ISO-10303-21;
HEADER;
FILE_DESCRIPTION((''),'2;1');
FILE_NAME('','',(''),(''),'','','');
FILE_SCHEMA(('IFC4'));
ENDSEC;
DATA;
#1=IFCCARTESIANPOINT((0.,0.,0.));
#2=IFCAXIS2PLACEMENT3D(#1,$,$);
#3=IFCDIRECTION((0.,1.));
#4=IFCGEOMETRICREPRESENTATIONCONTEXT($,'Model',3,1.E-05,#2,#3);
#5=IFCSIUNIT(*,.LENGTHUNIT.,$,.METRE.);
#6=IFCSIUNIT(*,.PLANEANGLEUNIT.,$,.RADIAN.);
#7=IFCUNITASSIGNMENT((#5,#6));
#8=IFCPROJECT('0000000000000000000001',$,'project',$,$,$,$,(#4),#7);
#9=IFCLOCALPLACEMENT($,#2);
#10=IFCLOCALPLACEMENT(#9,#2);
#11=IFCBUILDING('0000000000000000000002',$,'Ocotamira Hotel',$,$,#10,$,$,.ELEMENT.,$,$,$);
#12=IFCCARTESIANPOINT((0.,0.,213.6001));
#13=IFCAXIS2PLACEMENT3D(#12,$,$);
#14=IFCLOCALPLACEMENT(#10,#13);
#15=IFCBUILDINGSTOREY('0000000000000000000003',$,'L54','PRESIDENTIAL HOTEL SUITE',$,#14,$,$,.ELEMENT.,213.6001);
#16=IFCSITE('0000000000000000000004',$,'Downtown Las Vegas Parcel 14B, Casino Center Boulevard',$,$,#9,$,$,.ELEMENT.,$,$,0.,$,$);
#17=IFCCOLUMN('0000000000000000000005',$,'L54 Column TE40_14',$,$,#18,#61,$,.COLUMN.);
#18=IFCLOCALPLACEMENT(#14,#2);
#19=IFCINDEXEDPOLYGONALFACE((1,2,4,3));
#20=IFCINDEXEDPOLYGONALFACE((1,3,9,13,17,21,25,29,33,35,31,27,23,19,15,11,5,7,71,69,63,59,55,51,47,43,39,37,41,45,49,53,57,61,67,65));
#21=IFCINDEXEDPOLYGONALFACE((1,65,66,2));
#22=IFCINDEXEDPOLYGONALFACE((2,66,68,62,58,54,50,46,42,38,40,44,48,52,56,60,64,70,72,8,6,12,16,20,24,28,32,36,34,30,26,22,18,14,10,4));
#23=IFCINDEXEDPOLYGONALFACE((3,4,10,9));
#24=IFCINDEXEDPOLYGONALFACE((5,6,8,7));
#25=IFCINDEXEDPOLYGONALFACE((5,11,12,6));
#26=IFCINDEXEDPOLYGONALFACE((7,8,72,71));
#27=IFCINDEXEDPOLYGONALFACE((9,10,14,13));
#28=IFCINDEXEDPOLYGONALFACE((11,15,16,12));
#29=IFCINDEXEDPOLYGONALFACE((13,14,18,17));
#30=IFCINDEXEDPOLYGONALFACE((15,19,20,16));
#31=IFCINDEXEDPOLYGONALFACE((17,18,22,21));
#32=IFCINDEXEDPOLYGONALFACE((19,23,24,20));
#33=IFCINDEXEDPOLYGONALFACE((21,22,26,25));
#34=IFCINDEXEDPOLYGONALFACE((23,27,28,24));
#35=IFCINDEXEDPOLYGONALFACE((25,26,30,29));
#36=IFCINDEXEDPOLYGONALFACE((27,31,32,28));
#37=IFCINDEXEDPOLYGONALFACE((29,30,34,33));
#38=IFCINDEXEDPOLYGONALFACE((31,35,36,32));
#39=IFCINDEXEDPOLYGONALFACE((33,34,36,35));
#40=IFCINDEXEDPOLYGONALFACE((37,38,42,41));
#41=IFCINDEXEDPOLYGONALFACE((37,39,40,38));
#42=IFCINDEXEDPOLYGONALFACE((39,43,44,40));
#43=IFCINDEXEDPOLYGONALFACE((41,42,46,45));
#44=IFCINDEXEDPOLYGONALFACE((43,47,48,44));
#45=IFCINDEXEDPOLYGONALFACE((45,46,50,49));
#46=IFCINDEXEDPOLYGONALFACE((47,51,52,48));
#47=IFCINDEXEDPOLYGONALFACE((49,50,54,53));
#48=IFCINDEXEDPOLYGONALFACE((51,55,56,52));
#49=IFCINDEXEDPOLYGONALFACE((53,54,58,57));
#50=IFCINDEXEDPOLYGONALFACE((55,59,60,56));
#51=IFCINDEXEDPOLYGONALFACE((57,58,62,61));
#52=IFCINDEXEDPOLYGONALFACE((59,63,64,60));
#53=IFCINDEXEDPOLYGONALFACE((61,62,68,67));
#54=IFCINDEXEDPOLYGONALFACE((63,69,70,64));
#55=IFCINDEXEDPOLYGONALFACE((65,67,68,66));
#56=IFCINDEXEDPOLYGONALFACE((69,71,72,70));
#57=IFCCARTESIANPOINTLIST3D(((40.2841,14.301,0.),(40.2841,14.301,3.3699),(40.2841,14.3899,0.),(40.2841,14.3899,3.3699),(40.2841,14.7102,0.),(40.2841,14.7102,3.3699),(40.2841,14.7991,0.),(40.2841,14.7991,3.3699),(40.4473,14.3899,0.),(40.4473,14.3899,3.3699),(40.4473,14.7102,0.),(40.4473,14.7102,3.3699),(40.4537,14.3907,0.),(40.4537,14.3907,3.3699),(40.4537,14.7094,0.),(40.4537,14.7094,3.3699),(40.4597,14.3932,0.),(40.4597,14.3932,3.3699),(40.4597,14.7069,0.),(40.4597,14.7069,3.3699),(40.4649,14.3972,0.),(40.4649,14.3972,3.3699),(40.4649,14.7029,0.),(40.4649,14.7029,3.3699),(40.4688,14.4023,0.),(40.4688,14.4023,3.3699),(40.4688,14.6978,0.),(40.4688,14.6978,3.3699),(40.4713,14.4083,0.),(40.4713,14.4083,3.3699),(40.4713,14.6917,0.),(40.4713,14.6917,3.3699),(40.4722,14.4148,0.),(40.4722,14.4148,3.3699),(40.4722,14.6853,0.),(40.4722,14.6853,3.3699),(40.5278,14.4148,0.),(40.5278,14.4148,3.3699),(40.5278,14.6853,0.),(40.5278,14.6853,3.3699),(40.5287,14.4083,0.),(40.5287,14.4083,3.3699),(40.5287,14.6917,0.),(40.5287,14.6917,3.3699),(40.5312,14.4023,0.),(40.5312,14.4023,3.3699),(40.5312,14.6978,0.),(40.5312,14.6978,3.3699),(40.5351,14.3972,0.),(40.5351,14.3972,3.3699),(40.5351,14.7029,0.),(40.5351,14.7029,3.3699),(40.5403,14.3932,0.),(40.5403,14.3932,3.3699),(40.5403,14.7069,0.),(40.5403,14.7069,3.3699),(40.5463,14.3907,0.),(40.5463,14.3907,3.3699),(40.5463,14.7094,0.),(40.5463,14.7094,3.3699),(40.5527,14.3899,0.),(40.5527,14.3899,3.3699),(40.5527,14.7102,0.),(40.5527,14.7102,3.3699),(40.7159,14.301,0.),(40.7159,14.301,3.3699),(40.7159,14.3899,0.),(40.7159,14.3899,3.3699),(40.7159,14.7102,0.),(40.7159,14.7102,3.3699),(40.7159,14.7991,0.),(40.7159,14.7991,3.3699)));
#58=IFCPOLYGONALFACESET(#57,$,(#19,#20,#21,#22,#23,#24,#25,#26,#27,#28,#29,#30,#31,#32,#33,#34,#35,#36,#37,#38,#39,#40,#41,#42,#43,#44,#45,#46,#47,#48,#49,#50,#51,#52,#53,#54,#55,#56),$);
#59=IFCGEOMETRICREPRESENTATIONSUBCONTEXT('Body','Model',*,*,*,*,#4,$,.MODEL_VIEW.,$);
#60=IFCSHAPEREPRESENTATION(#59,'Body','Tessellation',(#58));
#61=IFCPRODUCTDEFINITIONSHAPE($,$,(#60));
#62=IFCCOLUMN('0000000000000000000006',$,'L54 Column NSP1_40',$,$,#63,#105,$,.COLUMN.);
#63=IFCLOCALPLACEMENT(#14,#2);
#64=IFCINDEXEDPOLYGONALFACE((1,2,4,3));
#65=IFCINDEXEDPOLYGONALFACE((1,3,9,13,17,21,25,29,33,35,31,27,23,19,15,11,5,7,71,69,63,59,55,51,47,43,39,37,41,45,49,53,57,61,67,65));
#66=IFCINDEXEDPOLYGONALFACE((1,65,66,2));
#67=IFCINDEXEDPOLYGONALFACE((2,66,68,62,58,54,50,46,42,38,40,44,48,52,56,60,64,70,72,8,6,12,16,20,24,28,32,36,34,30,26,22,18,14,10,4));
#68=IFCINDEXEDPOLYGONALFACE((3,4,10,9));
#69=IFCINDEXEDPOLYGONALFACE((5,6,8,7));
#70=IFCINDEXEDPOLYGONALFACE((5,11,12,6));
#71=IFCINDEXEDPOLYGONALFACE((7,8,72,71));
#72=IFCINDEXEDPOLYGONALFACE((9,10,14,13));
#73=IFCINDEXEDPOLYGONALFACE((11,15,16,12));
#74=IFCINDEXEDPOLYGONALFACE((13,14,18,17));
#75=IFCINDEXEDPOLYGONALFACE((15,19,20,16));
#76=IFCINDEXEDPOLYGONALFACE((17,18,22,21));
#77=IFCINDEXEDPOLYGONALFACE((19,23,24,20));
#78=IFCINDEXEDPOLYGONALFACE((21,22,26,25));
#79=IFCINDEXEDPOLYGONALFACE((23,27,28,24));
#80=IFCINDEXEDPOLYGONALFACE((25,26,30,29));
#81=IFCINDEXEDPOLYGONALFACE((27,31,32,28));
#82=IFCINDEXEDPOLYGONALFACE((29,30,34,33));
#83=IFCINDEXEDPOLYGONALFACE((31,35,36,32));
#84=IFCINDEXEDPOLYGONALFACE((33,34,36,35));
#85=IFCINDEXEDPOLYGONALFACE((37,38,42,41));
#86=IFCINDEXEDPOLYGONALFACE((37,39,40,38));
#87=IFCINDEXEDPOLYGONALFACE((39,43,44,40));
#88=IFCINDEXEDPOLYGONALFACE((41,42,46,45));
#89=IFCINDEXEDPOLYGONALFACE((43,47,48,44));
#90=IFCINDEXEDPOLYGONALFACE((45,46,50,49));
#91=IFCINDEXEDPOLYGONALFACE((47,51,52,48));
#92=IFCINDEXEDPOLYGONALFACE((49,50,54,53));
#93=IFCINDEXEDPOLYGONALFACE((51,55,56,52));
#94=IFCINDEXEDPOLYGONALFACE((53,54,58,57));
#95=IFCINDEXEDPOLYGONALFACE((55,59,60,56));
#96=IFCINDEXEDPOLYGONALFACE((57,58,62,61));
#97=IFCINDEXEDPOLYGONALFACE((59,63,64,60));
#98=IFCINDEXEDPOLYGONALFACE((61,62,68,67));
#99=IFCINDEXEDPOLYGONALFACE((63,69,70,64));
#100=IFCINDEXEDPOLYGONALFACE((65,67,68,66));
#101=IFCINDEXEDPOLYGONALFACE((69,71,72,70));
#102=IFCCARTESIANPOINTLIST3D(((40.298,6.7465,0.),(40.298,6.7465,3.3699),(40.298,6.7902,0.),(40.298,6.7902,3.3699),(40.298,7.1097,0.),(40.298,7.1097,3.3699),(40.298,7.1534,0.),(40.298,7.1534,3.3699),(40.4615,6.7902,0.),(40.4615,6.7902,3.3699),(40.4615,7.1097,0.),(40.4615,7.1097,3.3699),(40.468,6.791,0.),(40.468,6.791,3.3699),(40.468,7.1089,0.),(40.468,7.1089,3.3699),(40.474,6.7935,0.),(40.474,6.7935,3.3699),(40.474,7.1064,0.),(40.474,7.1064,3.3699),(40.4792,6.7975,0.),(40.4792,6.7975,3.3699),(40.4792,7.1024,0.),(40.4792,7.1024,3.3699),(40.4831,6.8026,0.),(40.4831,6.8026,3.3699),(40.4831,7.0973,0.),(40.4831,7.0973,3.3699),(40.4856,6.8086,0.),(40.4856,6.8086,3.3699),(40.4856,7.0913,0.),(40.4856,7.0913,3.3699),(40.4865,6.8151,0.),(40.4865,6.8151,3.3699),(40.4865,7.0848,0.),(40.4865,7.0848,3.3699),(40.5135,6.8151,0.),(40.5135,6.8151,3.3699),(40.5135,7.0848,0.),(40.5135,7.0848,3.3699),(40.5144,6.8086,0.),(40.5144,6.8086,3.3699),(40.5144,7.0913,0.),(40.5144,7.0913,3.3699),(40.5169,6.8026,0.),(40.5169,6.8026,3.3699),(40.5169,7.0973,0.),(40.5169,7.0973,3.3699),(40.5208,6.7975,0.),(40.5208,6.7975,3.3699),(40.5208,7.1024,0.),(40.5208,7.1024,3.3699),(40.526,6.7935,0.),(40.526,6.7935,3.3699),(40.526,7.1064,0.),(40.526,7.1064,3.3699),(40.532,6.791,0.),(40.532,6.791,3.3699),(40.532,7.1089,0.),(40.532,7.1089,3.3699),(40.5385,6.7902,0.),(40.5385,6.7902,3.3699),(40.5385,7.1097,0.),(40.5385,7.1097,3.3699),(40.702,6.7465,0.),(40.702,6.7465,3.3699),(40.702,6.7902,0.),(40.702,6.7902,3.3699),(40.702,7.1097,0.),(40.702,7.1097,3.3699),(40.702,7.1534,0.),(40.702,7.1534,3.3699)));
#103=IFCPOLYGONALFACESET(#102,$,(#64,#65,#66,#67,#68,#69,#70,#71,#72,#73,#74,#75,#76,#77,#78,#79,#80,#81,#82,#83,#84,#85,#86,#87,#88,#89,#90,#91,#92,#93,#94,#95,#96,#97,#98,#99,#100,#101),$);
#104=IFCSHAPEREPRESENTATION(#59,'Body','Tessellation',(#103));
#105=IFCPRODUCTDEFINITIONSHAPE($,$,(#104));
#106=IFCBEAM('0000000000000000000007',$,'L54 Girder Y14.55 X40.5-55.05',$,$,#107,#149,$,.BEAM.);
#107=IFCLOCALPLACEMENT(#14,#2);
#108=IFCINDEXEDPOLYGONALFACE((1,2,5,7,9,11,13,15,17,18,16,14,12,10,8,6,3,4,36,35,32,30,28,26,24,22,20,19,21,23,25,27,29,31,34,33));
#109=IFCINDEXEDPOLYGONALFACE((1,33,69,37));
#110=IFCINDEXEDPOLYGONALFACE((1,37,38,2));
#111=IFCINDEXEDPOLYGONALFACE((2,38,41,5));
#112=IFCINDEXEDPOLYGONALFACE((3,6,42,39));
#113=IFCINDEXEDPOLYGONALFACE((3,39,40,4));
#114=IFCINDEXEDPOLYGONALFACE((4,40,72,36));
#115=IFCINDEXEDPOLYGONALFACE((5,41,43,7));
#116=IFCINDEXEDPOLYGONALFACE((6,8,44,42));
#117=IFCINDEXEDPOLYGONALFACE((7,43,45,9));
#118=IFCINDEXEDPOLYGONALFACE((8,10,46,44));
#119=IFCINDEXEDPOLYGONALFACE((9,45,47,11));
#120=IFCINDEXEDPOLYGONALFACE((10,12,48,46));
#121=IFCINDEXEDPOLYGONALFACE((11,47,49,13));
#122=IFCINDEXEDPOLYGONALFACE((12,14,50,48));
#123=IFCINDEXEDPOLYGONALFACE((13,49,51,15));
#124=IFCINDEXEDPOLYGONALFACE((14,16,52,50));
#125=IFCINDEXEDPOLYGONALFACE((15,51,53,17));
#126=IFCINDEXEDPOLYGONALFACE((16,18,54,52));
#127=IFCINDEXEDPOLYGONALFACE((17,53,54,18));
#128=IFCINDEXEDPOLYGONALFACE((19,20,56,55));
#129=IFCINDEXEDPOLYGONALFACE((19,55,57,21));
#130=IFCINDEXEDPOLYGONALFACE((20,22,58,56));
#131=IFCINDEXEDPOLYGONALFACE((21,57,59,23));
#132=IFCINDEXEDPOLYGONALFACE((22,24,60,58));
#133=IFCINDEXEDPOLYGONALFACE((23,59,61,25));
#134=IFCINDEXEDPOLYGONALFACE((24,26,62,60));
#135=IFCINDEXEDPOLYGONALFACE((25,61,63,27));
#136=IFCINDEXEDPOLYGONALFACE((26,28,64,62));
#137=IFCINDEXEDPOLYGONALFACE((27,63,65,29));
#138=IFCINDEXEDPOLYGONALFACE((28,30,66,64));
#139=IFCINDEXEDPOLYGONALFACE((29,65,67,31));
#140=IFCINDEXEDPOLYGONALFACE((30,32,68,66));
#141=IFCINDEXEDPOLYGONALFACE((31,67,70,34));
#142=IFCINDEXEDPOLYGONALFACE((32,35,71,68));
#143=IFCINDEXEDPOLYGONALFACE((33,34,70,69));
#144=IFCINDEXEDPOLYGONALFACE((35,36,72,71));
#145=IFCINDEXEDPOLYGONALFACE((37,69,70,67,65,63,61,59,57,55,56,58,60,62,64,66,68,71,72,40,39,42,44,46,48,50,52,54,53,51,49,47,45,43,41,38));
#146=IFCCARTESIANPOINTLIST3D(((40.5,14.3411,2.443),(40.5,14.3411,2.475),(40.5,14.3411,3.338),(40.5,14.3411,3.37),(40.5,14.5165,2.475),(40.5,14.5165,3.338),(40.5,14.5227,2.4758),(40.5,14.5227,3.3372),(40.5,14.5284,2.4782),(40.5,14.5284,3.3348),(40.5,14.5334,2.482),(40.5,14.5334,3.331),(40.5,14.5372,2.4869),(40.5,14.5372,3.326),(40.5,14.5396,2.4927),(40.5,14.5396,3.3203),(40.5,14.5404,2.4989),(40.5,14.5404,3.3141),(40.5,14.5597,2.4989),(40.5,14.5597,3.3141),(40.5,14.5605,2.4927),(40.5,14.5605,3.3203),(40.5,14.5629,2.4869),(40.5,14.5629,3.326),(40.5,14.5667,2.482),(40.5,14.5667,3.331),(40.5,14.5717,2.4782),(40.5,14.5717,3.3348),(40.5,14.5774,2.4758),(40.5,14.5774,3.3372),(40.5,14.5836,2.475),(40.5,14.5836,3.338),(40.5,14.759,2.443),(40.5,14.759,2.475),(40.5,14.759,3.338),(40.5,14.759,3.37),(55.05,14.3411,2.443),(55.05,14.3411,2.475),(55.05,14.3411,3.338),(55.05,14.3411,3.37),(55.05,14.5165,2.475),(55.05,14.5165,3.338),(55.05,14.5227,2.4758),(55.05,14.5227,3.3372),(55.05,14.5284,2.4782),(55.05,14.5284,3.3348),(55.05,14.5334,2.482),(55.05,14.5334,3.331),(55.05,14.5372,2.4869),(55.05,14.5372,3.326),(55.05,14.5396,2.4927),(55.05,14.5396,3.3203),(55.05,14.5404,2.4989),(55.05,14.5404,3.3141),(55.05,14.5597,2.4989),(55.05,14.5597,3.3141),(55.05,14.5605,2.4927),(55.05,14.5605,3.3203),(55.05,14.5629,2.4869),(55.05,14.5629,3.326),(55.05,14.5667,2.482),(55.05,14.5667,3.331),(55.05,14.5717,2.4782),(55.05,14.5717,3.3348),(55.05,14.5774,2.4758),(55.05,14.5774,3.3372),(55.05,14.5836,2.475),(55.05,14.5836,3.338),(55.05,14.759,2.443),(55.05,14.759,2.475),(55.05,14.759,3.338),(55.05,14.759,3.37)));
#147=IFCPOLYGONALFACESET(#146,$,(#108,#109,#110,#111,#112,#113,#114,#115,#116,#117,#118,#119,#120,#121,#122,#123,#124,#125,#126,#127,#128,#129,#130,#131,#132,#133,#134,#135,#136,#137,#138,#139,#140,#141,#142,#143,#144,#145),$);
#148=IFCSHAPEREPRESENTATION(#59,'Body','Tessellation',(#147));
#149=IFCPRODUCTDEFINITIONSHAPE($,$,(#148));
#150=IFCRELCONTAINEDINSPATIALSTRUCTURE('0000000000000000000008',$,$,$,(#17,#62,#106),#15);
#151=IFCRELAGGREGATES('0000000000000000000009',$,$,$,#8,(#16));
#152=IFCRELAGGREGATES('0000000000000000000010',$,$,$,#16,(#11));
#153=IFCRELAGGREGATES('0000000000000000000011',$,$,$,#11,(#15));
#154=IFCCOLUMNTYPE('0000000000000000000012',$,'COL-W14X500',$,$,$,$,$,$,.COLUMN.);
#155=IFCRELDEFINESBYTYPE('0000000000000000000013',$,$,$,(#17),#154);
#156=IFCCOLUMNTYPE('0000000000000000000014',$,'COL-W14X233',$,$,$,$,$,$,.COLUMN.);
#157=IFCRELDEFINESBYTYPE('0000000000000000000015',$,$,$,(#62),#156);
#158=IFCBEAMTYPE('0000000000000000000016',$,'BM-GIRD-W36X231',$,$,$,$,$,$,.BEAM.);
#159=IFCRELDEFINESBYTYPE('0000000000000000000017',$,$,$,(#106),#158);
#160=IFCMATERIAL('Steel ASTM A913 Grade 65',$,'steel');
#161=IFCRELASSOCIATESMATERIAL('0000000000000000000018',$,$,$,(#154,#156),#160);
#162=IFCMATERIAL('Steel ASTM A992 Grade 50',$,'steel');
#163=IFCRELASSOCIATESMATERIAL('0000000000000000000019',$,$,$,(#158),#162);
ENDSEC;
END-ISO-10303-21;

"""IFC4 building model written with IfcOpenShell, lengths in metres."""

from ifc_helpers import new_model, si_unit, direction, frame, origin, origin_2d, place, context, subcontext, project, spatial, i_section, extrude, source, transform, mapped, material, material_profile, profile_set, type_object, element, save


model = new_model("IFC4")

# Units and contexts
model_context = context("Model", 3, precision=1e-05, world=origin(), true_north=direction((0.0, 1.0)))
body_context = subcontext(model_context, "Body", "Model", "MODEL_VIEW")
ifc_project = project(units=[si_unit("LENGTHUNIT", "METRE"), si_unit("PLANEANGLEUNIT", "RADIAN")], contexts=[model_context])

# Site, building, storey
site_placement = place(None, origin())
site = spatial("IfcSite", under=ifc_project, at=site_placement, Name="Downtown Las Vegas Parcel 14B, Casino Center Boulevard", CompositionType="ELEMENT", RefElevation=0.0)
building_placement = place(site_placement, origin())
building = spatial("IfcBuilding", under=site, at=building_placement, Name="Ocotamira Hotel", CompositionType="ELEMENT")
storey_placement = place(building_placement, frame((0.0, 0.0, 213.6001)))
storey = spatial("IfcBuildingStorey", under=building, at=storey_placement, Name="L54", Description="PRESIDENTIAL HOTEL SUITE", CompositionType="ELEMENT", Elevation=213.6001)

# Columns
ifc_material_1 = material(Name="Steel ASTM A913 Grade 65", Category="steel")
ifc_material_profile_1 = material_profile(ifc_material_1, i_section(OverallWidth=0.4319, OverallDepth=0.498, WebThickness=0.0557, FlangeThickness=0.0889, FilletRadius=0.0249, at=origin_2d()), Name="W14X500")
ifc_profile_set_1 = profile_set([ifc_material_profile_1], Name="Steel ASTM A913 Grade 65")
column_type_1 = type_object("IfcColumnType", Name="COL-W14X500", PredefinedType="COLUMN", material=ifc_profile_set_1)
shared_shape_1 = source(origin(), body_context, "Body", "SweptSolid", [
    extrude(i_section(OverallWidth=0.4319, OverallDepth=0.498, WebThickness=0.0557, FlangeThickness=0.0889, FilletRadius=0.0249, at=origin_2d()), origin(), (0.0, 0.0, 1.0), 3.3699),
])
column_1_placement = place(storey_placement, frame((40.5, 14.55, 0.0), z_axis=(0.0, 0.0, 1.0), x_axis=(1.0, 0.0, 0.0)))
element("IfcColumn", 1, at=column_1_placement, inside=storey, type_object=column_type_1, Name="L54 Column TE40_14", PredefinedType="COLUMN", context=body_context, shape_type="MappedRepresentation", body=[
    mapped(shared_shape_1, transform((0.0, 0.0, 0.0), scale=1.0)),
])
ifc_material_profile_2 = material_profile(ifc_material_1, i_section(OverallWidth=0.4041, OverallDepth=0.407, WebThickness=0.0271, FlangeThickness=0.0437, FilletRadius=0.0249, at=origin_2d()), Name="W14X233")
ifc_profile_set_2 = profile_set([ifc_material_profile_2], Name="Steel ASTM A913 Grade 65")
column_type_2 = type_object("IfcColumnType", Name="COL-W14X233", PredefinedType="COLUMN", material=ifc_profile_set_2)
shared_shape_2 = source(origin(), body_context, "Body", "SweptSolid", [
    extrude(i_section(OverallWidth=0.4041, OverallDepth=0.407, WebThickness=0.0271, FlangeThickness=0.0437, FilletRadius=0.0249, at=origin_2d()), origin(), (0.0, 0.0, 1.0), 3.3699),
])
column_2_placement = place(storey_placement, frame((40.5, 6.95, 0.0), z_axis=(0.0, 0.0, 1.0), x_axis=(1.0, 0.0, 0.0)))
element("IfcColumn", 2, at=column_2_placement, inside=storey, type_object=column_type_2, Name="L54 Column NSP1_40", PredefinedType="COLUMN", context=body_context, shape_type="MappedRepresentation", body=[
    mapped(shared_shape_2, transform((0.0, 0.0, 0.0), scale=1.0)),
])

# Beam
ifc_material_2 = material(Name="Steel ASTM A992 Grade 50", Category="steel")
ifc_material_profile_3 = material_profile(ifc_material_2, i_section(OverallWidth=0.418, OverallDepth=0.927, WebThickness=0.0193, FlangeThickness=0.032, FilletRadius=0.0239, at=origin_2d()), Name="W36X231")
ifc_profile_set_3 = profile_set([ifc_material_profile_3], Name="Steel ASTM A992 Grade 50")
beam_type_1 = type_object("IfcBeamType", Name="BM-GIRD-W36X231", PredefinedType="BEAM", material=ifc_profile_set_3)
shared_shape_3 = source(origin(), body_context, "Body", "SweptSolid", [
    extrude(i_section(OverallWidth=0.418, OverallDepth=0.927, WebThickness=0.0193, FlangeThickness=0.032, FilletRadius=0.0239, at=origin_2d()), origin(), (0.0, 0.0, 1.0), 14.55),
])
beam_1_placement = place(storey_placement, frame((40.5, 14.55, 2.9065), z_axis=(1.0, 0.0, 0.0), x_axis=(0.0, 1.0, 0.0)))
element("IfcBeam", 3, at=beam_1_placement, inside=storey, type_object=beam_type_1, Name="L54 Girder Y14.55 X40.5-55.05", PredefinedType="BEAM", context=body_context, shape_type="MappedRepresentation", body=[
    mapped(shared_shape_3, transform((0.0, 0.0, 0.0), scale=1.0)),
])

save(model, "model.ifc")
